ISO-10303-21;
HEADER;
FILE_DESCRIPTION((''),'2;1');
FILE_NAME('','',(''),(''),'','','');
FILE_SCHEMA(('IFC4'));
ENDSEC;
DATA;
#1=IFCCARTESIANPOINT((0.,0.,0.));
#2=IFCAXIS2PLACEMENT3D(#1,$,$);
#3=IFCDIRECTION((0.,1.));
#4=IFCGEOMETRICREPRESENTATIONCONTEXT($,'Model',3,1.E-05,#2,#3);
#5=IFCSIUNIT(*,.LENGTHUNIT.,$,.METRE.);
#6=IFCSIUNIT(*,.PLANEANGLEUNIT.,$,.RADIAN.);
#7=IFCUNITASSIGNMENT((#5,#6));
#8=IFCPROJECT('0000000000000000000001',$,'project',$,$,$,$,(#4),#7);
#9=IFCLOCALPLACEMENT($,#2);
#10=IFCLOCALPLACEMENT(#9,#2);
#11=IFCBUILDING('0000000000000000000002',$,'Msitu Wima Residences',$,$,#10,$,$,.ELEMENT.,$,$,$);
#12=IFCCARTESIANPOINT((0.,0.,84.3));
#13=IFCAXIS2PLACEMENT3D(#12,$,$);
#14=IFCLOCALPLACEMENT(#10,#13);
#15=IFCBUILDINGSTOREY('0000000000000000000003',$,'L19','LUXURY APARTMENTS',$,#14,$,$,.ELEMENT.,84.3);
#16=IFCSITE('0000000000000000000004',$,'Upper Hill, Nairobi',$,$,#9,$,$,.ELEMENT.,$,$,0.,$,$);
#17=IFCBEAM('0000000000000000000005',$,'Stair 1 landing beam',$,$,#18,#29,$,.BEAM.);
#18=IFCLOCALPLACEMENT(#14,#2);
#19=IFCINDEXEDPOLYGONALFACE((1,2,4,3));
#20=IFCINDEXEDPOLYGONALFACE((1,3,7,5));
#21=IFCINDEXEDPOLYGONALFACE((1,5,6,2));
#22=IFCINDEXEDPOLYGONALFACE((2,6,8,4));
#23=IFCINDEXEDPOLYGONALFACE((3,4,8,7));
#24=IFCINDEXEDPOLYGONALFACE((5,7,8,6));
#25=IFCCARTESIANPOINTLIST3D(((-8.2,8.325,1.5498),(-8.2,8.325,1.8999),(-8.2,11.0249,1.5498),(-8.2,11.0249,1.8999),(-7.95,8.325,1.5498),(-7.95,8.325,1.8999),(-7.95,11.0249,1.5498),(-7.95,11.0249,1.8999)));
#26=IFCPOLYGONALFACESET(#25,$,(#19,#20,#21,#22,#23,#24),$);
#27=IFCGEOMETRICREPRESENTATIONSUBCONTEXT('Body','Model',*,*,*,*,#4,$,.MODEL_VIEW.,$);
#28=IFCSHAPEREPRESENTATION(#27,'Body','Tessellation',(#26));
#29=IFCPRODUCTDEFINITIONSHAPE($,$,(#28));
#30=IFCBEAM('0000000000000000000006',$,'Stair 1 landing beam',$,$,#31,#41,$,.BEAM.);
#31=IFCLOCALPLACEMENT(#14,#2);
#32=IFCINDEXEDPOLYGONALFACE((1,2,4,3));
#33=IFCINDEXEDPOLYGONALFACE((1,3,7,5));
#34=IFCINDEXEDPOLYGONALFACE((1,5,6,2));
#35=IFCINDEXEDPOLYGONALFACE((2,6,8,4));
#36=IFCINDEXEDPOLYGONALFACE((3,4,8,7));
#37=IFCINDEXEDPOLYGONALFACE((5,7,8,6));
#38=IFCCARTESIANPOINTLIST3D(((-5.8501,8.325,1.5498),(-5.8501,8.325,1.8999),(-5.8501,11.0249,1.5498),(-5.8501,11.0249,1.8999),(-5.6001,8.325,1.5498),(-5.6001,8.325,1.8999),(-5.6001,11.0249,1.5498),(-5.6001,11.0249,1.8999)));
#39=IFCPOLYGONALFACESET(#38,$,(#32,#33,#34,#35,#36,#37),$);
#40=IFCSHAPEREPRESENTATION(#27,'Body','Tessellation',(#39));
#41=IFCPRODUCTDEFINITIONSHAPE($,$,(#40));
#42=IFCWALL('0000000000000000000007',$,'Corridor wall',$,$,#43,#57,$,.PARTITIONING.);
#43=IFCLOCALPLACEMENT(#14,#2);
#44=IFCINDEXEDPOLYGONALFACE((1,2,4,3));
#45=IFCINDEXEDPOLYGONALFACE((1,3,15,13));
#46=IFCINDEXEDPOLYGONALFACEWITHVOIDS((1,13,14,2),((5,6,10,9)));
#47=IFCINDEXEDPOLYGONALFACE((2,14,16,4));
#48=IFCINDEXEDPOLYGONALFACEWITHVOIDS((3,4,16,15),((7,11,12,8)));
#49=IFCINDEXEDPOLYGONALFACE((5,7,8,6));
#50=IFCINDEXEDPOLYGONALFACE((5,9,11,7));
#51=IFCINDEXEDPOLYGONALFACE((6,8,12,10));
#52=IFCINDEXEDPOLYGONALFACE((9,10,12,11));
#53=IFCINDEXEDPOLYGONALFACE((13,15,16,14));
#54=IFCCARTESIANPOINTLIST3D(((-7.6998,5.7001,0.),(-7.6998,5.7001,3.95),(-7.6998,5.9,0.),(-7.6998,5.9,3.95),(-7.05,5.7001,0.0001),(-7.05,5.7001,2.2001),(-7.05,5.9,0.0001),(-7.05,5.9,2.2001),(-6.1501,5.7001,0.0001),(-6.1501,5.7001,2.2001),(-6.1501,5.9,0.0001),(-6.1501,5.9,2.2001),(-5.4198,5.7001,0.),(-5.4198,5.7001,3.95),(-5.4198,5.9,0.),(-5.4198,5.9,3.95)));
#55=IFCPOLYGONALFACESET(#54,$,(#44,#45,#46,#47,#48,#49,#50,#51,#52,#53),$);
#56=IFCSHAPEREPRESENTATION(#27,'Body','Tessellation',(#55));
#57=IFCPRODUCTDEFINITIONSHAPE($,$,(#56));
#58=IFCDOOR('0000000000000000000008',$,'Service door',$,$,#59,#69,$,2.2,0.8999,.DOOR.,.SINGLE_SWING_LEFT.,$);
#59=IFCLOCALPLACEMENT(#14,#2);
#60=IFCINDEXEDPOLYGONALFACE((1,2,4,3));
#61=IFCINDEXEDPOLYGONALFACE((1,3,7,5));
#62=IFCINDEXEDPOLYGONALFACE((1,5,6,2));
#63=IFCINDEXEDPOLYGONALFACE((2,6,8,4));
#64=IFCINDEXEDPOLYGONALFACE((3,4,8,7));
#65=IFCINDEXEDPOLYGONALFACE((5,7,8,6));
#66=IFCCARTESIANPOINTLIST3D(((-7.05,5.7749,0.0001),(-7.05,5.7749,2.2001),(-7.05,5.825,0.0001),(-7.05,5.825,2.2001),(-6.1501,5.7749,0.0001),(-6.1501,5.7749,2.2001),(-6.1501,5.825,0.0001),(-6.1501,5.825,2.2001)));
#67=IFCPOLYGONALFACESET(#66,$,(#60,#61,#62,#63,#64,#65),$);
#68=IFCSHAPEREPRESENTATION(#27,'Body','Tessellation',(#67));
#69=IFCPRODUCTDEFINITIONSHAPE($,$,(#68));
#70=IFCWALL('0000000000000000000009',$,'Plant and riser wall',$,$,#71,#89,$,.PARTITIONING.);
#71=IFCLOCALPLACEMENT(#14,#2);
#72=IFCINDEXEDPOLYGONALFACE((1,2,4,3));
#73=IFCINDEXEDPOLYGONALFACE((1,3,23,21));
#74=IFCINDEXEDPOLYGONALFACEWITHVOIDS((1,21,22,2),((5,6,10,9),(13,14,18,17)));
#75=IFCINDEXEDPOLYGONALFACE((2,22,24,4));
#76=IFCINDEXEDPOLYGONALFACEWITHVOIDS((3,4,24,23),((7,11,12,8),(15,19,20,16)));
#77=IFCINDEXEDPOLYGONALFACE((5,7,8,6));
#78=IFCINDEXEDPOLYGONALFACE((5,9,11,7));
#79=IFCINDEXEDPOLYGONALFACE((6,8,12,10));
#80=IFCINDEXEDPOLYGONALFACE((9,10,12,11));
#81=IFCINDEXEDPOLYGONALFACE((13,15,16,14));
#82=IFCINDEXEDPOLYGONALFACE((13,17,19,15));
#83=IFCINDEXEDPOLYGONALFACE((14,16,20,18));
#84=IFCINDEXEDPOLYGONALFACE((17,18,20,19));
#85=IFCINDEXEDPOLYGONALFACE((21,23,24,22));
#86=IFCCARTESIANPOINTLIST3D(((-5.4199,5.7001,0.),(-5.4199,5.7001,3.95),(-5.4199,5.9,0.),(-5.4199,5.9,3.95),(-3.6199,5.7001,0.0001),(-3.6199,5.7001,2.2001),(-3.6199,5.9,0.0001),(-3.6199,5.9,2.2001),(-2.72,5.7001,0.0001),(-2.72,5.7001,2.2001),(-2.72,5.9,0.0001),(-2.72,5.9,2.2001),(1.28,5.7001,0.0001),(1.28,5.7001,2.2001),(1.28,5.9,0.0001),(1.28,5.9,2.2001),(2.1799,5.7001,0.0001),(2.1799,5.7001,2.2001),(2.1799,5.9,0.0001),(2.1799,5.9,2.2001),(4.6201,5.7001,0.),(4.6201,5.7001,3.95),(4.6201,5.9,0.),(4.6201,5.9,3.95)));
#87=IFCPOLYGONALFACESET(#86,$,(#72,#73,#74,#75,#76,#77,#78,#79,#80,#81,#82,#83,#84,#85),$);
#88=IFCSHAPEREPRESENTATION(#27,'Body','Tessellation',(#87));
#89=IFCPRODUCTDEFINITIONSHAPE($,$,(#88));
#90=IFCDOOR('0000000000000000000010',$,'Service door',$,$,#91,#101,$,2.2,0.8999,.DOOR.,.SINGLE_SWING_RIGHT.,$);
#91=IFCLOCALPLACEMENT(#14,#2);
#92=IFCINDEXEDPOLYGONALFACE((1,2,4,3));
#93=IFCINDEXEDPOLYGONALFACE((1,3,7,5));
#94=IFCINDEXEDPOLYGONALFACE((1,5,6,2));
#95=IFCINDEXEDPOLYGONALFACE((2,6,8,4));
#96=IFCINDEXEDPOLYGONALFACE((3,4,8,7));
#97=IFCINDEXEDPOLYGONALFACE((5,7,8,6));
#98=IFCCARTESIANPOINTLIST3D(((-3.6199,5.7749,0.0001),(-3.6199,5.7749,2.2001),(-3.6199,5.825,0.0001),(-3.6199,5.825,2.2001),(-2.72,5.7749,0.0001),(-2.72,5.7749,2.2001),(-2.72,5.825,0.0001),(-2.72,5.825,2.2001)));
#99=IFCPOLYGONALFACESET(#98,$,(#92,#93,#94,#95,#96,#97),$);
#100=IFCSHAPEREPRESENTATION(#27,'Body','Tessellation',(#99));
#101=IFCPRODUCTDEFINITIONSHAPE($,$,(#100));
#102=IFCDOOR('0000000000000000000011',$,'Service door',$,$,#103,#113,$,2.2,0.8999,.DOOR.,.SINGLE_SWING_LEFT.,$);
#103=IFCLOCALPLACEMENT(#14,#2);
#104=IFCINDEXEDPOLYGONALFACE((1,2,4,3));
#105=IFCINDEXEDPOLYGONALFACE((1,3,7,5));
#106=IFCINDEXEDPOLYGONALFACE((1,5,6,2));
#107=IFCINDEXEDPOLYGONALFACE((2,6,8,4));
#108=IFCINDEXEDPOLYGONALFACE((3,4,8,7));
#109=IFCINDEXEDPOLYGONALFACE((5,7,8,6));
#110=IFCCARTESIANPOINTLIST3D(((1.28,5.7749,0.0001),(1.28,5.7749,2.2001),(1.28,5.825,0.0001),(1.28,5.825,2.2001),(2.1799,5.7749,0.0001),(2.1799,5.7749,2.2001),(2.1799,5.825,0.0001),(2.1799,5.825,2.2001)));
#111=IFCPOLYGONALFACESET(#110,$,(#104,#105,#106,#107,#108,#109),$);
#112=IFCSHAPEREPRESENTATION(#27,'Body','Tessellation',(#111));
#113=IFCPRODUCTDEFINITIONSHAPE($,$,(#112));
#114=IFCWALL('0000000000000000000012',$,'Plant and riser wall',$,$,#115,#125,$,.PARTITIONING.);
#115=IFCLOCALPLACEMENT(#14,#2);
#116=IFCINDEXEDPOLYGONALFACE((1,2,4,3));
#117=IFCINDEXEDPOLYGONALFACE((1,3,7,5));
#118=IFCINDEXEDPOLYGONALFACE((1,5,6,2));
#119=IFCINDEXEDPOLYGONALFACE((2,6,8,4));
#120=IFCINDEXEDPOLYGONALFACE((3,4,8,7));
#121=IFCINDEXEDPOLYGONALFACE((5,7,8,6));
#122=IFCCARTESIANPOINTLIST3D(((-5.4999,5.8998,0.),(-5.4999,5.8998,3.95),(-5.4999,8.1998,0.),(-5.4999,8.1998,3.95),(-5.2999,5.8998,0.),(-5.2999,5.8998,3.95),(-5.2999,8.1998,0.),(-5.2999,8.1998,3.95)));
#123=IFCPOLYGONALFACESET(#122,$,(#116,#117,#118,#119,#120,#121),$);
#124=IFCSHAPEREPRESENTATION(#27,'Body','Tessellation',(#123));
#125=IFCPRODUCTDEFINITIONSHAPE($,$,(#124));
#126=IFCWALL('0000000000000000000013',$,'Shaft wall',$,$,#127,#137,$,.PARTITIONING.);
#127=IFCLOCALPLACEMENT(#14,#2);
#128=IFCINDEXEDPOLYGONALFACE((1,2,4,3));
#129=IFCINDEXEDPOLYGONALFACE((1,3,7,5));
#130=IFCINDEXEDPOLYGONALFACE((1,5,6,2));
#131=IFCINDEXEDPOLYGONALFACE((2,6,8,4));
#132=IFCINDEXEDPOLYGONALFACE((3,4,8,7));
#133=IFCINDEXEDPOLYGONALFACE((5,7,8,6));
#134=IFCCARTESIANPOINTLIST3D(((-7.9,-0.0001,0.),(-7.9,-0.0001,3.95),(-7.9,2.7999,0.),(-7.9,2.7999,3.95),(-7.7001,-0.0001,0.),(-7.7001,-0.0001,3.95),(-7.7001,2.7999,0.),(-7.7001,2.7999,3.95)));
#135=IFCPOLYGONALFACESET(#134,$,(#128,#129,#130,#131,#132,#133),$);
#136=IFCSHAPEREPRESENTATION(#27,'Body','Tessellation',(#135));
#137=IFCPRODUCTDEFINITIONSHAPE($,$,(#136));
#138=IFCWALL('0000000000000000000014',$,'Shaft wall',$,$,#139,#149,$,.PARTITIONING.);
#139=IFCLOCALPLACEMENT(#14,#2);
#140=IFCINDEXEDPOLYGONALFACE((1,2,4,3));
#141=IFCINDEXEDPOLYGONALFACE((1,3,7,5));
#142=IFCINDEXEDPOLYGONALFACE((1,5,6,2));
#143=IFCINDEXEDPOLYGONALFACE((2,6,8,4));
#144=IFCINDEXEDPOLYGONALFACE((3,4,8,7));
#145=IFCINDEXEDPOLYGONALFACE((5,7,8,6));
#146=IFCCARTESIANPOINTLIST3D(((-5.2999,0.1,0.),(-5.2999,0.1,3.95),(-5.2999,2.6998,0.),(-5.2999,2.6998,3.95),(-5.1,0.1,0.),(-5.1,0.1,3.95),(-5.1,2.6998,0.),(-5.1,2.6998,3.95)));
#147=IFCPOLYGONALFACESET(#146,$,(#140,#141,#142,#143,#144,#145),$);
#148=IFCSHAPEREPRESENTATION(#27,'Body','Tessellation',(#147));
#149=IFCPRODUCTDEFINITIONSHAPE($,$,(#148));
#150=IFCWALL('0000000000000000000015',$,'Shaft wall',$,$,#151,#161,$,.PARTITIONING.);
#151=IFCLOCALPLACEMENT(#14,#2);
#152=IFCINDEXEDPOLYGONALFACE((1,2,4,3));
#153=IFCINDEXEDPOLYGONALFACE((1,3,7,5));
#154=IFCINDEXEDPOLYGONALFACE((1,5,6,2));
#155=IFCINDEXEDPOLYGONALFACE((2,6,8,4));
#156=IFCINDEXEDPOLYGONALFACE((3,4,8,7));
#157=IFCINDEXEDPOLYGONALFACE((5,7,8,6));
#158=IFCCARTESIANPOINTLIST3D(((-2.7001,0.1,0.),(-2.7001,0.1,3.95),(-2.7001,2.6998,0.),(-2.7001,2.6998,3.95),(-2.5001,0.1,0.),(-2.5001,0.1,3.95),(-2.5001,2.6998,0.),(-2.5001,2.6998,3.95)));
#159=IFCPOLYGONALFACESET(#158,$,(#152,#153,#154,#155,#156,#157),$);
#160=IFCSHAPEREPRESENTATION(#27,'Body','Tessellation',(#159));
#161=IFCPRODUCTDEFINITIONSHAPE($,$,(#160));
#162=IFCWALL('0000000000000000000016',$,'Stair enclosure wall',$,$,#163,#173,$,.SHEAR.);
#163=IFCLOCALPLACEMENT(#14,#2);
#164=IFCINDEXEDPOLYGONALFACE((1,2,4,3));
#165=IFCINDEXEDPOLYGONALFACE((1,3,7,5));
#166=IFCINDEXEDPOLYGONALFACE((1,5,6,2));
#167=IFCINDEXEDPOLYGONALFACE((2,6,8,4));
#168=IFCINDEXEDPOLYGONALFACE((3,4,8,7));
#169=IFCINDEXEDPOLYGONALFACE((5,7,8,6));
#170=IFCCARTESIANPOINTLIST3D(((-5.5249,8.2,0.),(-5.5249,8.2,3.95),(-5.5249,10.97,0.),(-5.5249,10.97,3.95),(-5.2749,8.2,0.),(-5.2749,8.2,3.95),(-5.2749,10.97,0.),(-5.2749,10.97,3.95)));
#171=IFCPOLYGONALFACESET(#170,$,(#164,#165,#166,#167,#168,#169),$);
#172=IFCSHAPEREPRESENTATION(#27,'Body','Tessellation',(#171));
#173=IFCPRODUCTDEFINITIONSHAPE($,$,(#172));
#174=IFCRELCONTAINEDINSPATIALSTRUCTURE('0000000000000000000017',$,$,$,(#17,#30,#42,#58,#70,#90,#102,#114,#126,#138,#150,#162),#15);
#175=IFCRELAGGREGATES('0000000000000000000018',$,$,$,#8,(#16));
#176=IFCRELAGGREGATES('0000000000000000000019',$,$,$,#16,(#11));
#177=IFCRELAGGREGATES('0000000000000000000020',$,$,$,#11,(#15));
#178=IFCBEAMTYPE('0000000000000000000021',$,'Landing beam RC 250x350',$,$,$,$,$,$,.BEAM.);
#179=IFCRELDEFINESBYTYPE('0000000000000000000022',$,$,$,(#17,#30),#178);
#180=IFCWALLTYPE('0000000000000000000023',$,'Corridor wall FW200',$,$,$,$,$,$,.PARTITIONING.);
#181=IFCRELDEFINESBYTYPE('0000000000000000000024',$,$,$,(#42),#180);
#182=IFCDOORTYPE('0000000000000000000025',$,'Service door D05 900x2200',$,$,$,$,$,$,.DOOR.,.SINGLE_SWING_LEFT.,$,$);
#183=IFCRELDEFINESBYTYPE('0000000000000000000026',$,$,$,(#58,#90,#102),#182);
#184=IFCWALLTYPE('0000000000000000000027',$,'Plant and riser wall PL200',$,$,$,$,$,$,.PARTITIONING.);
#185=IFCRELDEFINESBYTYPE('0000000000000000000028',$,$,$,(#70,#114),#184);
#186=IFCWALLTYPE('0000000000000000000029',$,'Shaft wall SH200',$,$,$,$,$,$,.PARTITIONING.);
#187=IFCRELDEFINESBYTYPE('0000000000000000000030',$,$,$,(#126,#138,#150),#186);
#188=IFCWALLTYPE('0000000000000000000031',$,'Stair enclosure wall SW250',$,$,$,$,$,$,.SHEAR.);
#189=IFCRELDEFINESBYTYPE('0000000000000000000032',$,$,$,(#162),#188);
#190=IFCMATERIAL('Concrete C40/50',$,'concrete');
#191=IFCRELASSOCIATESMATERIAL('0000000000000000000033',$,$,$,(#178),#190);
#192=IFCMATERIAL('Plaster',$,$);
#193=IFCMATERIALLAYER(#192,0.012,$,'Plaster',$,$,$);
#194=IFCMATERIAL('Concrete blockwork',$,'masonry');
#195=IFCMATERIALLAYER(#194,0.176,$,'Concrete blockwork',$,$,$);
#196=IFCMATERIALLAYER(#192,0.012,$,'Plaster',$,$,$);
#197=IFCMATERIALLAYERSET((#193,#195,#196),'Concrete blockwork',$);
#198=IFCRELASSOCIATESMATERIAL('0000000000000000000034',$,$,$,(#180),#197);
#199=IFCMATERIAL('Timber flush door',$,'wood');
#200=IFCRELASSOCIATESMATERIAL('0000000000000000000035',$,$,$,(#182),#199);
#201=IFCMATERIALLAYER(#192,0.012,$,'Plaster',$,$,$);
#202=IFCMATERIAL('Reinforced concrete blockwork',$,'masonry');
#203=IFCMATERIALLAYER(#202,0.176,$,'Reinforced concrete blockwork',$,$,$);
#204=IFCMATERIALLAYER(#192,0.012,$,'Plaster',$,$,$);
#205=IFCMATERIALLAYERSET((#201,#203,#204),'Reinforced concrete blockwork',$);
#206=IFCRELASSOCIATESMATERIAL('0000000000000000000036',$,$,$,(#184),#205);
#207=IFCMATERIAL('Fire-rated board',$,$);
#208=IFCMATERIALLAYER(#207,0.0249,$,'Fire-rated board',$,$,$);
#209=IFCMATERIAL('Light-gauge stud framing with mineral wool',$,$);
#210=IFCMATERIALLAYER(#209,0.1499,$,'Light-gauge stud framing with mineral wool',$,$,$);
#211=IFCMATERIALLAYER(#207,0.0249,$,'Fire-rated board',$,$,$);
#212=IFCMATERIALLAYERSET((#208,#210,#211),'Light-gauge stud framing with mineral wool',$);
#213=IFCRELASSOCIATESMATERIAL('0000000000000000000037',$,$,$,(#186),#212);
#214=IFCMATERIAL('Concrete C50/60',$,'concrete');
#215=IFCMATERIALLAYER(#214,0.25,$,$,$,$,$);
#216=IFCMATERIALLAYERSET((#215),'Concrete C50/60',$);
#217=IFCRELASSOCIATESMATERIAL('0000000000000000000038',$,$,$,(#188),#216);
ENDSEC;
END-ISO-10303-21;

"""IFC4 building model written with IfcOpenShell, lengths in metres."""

from ifc_helpers import new_model, si_unit, direction, frame, frame_2d, origin, origin_2d, place, context, subcontext, project, spatial, rectangle, extrude, material, layer, layer_set, material_profile, profile_set, type_object, element, fill, save


model = new_model("IFC4")

# Units and contexts
model_context = context("Model", 3, precision=1e-05, world=origin(), true_north=direction((0.0, 1.0)))
body_context = subcontext(model_context, "Body", "Model", "MODEL_VIEW")
ifc_project = project(units=[si_unit("LENGTHUNIT", "METRE"), si_unit("PLANEANGLEUNIT", "RADIAN")], contexts=[model_context])

# Site, building, storey
site_placement = place(None, origin())
site = spatial("IfcSite", under=ifc_project, at=site_placement, Name="Upper Hill, Nairobi", CompositionType="ELEMENT", RefElevation=0.0)
building_placement = place(site_placement, origin())
building = spatial("IfcBuilding", under=site, at=building_placement, Name="Msitu Wima Residences", CompositionType="ELEMENT")
storey_placement = place(building_placement, frame((0.0, 0.0, 84.3)))
storey = spatial("IfcBuildingStorey", under=building, at=storey_placement, Name="L19", Description="LUXURY APARTMENTS", CompositionType="ELEMENT", Elevation=84.3)

# Beams
ifc_material_1 = material(Name="Concrete C40/50", Category="concrete")
ifc_material_profile = material_profile(ifc_material_1, rectangle(XDim=0.25, YDim=0.3501, at=origin_2d()), Name="RC 250x350")
ifc_profile_set = profile_set([ifc_material_profile], Name="Concrete C40/50")
beam_type = type_object("IfcBeamType", Name="Landing beam RC 250x350", PredefinedType="BEAM", material=ifc_profile_set)
for number, where, z_axis, x_axis, name in (
    (1, (-8.075, 8.325, 1.7249), (0.0, 1.0, 0.0), (-1.0, 0.0, 0.0), "Stair 1 landing beam"),
    (2, (-5.7251, 8.325, 1.7249), (0.0, 1.0, 0.0), (-1.0, 0.0, 0.0), "Stair 1 landing beam"),
):
    element("IfcBeam", number, at=place(storey_placement, frame(where, z_axis=z_axis, x_axis=x_axis)), inside=storey, type_object=beam_type, Name=name, PredefinedType="BEAM", context=body_context, shape_type="SweptSolid", body=[
        extrude(rectangle(XDim=0.25, YDim=0.3501, at=origin_2d()), origin(), (0.0, 0.0, 1.0), 2.7),
    ])

# Wall, opening, door
ifc_material_2 = material(Name="Plaster")
ifc_layer_1 = layer(ifc_material_2, 0.012, Name="Plaster")
ifc_material_3 = material(Name="Concrete blockwork", Category="masonry")
ifc_layer_2 = layer(ifc_material_3, 0.176, Name="Concrete blockwork")
ifc_layer_3 = layer(ifc_material_2, 0.012, Name="Plaster")
ifc_layer_set_1 = layer_set([ifc_layer_1, ifc_layer_2, ifc_layer_3], Name="Concrete blockwork")
wall_type_1 = type_object("IfcWallType", Name="Corridor wall FW200", PredefinedType="PARTITIONING", material=ifc_layer_set_1)
wall_1_placement = place(storey_placement, frame((-7.7, 5.8, 0.0), z_axis=(0.0, 0.0, 1.0), x_axis=(1.0, 0.0, 0.0)))
wall_1 = element("IfcWall", 3, at=wall_1_placement, inside=storey, type_object=wall_type_1, Name="Corridor wall", PredefinedType="PARTITIONING", context=body_context, shape_type="SweptSolid", body=[
    extrude(rectangle(XDim=2.28, YDim=0.2, at=frame_2d((1.1401, 0.0))), origin(), (0.0, 0.0, 1.0), 3.95),
])
opening_1_placement = place(wall_1_placement, frame((0.6499, 0.0, 0.0)))
opening_1 = element("IfcOpeningElement", 4, at=opening_1_placement, cuts=wall_1, PredefinedType="OPENING", context=body_context, shape_type="SweptSolid", body=[
    extrude(rectangle(XDim=0.8999, YDim=2.2, at=frame_2d((0.45, 1.1001))), frame((0.0, 0.1099, 0.0), z_axis=(0.0, -1.0, 0.0), x_axis=(1.0, 0.0, 0.0)), (0.0, 0.0, 1.0), 0.22),
])
ifc_material_4 = material(Name="Timber flush door", Category="wood")
door_type_1 = type_object("IfcDoorType", Name="Service door D05 900x2200", OperationType="SINGLE_SWING_LEFT", PredefinedType="DOOR", material=ifc_material_4)
door_1_placement = place(opening_1_placement, origin())
door_1 = element("IfcDoor", 5, at=door_1_placement, inside=storey, type_object=door_type_1, Name="Service door", OperationType="SINGLE_SWING_LEFT", OverallHeight=2.2, OverallWidth=0.8999, PredefinedType="DOOR", context=body_context, shape_type="SweptSolid", body=[
    extrude(rectangle(XDim=0.8999, YDim=2.2, at=frame_2d((0.45, 1.1001))), frame((0.0, 0.0249, 0.0), z_axis=(0.0, -1.0, 0.0), x_axis=(1.0, 0.0, 0.0)), (0.0, 0.0, 1.0), 0.05),
])
fill(opening_1, door_1)

# Wall, openings, doors
ifc_layer_4 = layer(ifc_material_2, 0.012, Name="Plaster")
ifc_material_5 = material(Name="Reinforced concrete blockwork", Category="masonry")
ifc_layer_5 = layer(ifc_material_5, 0.176, Name="Reinforced concrete blockwork")
ifc_layer_6 = layer(ifc_material_2, 0.012, Name="Plaster")
ifc_layer_set_2 = layer_set([ifc_layer_4, ifc_layer_5, ifc_layer_6], Name="Reinforced concrete blockwork")
wall_type_2 = type_object("IfcWallType", Name="Plant and riser wall PL200", PredefinedType="PARTITIONING", material=ifc_layer_set_2)
wall_2_placement = place(storey_placement, frame((-5.4199, 5.8, 0.0), z_axis=(0.0, 0.0, 1.0), x_axis=(1.0, 0.0, 0.0)))
wall_2 = element("IfcWall", 6, at=wall_2_placement, inside=storey, type_object=wall_type_2, Name="Plant and riser wall", PredefinedType="PARTITIONING", context=body_context, shape_type="SweptSolid", body=[
    extrude(rectangle(XDim=10.04, YDim=0.2, at=frame_2d((5.02, 0.0))), origin(), (0.0, 0.0, 1.0), 3.95),
])
opening_2_placement = place(wall_2_placement, frame((1.8, 0.0, 0.0)))
opening_2 = element("IfcOpeningElement", 7, at=opening_2_placement, cuts=wall_2, PredefinedType="OPENING", context=body_context, shape_type="SweptSolid", body=[
    extrude(rectangle(XDim=0.8999, YDim=2.2, at=frame_2d((0.45, 1.1001))), frame((0.0, 0.1099, 0.0), z_axis=(0.0, -1.0, 0.0), x_axis=(1.0, 0.0, 0.0)), (0.0, 0.0, 1.0), 0.22),
])
opening_3_placement = place(wall_2_placement, frame((6.7, 0.0, 0.0)))
opening_3 = element("IfcOpeningElement", 8, at=opening_3_placement, cuts=wall_2, PredefinedType="OPENING", context=body_context, shape_type="SweptSolid", body=[
    extrude(rectangle(XDim=0.8999, YDim=2.2, at=frame_2d((0.45, 1.1001))), frame((0.0, 0.1099, 0.0), z_axis=(0.0, -1.0, 0.0), x_axis=(1.0, 0.0, 0.0)), (0.0, 0.0, 1.0), 0.22),
])
door_2_placement = place(opening_2_placement, origin())
door_2 = element("IfcDoor", 9, at=door_2_placement, inside=storey, type_object=door_type_1, Name="Service door", OperationType="SINGLE_SWING_RIGHT", OverallHeight=2.2, OverallWidth=0.8999, PredefinedType="DOOR", context=body_context, shape_type="SweptSolid", body=[
    extrude(rectangle(XDim=0.8999, YDim=2.2, at=frame_2d((0.45, 1.1001))), frame((0.0, 0.0249, 0.0), z_axis=(0.0, -1.0, 0.0), x_axis=(1.0, 0.0, 0.0)), (0.0, 0.0, 1.0), 0.05),
])
fill(opening_2, door_2)
door_3_placement = place(opening_3_placement, origin())
door_3 = element("IfcDoor", 10, at=door_3_placement, inside=storey, type_object=door_type_1, Name="Service door", OperationType="SINGLE_SWING_LEFT", OverallHeight=2.2, OverallWidth=0.8999, PredefinedType="DOOR", context=body_context, shape_type="SweptSolid", body=[
    extrude(rectangle(XDim=0.8999, YDim=2.2, at=frame_2d((0.45, 1.1001))), frame((0.0, 0.0249, 0.0), z_axis=(0.0, -1.0, 0.0), x_axis=(1.0, 0.0, 0.0)), (0.0, 0.0, 1.0), 0.05),
])
fill(opening_3, door_3)

# Walls
wall_3_placement = place(storey_placement, frame((-5.3999, 5.8999, 0.0), z_axis=(0.0, 0.0, 1.0), x_axis=(0.0, 1.0, 0.0)))
element("IfcWall", 11, at=wall_3_placement, inside=storey, type_object=wall_type_2, Name="Plant and riser wall", PredefinedType="PARTITIONING", context=body_context, shape_type="SweptSolid", body=[
    extrude(rectangle(XDim=2.3, YDim=0.2, at=frame_2d((1.1499, 0.0))), origin(), (0.0, 0.0, 1.0), 3.95),
])
ifc_material_6 = material(Name="Fire-rated board")
ifc_layer_7 = layer(ifc_material_6, 0.0249, Name="Fire-rated board")
ifc_material_7 = material(Name="Light-gauge stud framing with mineral wool")
ifc_layer_8 = layer(ifc_material_7, 0.1499, Name="Light-gauge stud framing with mineral wool")
ifc_layer_9 = layer(ifc_material_6, 0.0249, Name="Fire-rated board")
ifc_layer_set_3 = layer_set([ifc_layer_7, ifc_layer_8, ifc_layer_9], Name="Light-gauge stud framing with mineral wool")
wall_type_3 = type_object("IfcWallType", Name="Shaft wall SH200", PredefinedType="PARTITIONING", material=ifc_layer_set_3)
wall_4_placement = place(storey_placement, frame((-7.8, 0.0, 0.0), z_axis=(0.0, 0.0, 1.0), x_axis=(0.0, 1.0, 0.0)))
element("IfcWall", 12, at=wall_4_placement, inside=storey, type_object=wall_type_3, Name="Shaft wall", PredefinedType="PARTITIONING", context=body_context, shape_type="SweptSolid", body=[
    extrude(rectangle(XDim=2.8, YDim=0.2, at=frame_2d((1.3999, 0.0))), origin(), (0.0, 0.0, 1.0), 3.95),
])
for number, where, z_axis, x_axis, name in (
    (13, (-5.2, 0.1001, 0.0), (0.0, 0.0, 1.0), (0.0, 1.0, 0.0), "Shaft wall"),
    (14, (-2.6001, 0.1001, 0.0), (0.0, 0.0, 1.0), (0.0, 1.0, 0.0), "Shaft wall"),
):
    element("IfcWall", number, at=place(storey_placement, frame(where, z_axis=z_axis, x_axis=x_axis)), inside=storey, type_object=wall_type_3, Name=name, PredefinedType="PARTITIONING", context=body_context, shape_type="SweptSolid", body=[
        extrude(rectangle(XDim=2.5999, YDim=0.2, at=frame_2d((1.2998, 0.0))), origin(), (0.0, 0.0, 1.0), 3.95),
    ])
ifc_material_8 = material(Name="Concrete C50/60", Category="concrete")
ifc_layer_10 = layer(ifc_material_8, 0.25)
ifc_layer_set_4 = layer_set([ifc_layer_10], Name="Concrete C50/60")
wall_type_4 = type_object("IfcWallType", Name="Stair enclosure wall SW250", PredefinedType="SHEAR", material=ifc_layer_set_4)
wall_5_placement = place(storey_placement, frame((-5.3999, 8.2, 0.0), z_axis=(0.0, 0.0, 1.0), x_axis=(0.0, 1.0, 0.0)))
element("IfcWall", 15, at=wall_5_placement, inside=storey, type_object=wall_type_4, Name="Stair enclosure wall", PredefinedType="SHEAR", context=body_context, shape_type="SweptSolid", body=[
    extrude(rectangle(XDim=2.77, YDim=0.25, at=frame_2d((1.385, 0.0))), origin(), (0.0, 0.0, 1.0), 3.95),
])

save(model, "model.ifc")
